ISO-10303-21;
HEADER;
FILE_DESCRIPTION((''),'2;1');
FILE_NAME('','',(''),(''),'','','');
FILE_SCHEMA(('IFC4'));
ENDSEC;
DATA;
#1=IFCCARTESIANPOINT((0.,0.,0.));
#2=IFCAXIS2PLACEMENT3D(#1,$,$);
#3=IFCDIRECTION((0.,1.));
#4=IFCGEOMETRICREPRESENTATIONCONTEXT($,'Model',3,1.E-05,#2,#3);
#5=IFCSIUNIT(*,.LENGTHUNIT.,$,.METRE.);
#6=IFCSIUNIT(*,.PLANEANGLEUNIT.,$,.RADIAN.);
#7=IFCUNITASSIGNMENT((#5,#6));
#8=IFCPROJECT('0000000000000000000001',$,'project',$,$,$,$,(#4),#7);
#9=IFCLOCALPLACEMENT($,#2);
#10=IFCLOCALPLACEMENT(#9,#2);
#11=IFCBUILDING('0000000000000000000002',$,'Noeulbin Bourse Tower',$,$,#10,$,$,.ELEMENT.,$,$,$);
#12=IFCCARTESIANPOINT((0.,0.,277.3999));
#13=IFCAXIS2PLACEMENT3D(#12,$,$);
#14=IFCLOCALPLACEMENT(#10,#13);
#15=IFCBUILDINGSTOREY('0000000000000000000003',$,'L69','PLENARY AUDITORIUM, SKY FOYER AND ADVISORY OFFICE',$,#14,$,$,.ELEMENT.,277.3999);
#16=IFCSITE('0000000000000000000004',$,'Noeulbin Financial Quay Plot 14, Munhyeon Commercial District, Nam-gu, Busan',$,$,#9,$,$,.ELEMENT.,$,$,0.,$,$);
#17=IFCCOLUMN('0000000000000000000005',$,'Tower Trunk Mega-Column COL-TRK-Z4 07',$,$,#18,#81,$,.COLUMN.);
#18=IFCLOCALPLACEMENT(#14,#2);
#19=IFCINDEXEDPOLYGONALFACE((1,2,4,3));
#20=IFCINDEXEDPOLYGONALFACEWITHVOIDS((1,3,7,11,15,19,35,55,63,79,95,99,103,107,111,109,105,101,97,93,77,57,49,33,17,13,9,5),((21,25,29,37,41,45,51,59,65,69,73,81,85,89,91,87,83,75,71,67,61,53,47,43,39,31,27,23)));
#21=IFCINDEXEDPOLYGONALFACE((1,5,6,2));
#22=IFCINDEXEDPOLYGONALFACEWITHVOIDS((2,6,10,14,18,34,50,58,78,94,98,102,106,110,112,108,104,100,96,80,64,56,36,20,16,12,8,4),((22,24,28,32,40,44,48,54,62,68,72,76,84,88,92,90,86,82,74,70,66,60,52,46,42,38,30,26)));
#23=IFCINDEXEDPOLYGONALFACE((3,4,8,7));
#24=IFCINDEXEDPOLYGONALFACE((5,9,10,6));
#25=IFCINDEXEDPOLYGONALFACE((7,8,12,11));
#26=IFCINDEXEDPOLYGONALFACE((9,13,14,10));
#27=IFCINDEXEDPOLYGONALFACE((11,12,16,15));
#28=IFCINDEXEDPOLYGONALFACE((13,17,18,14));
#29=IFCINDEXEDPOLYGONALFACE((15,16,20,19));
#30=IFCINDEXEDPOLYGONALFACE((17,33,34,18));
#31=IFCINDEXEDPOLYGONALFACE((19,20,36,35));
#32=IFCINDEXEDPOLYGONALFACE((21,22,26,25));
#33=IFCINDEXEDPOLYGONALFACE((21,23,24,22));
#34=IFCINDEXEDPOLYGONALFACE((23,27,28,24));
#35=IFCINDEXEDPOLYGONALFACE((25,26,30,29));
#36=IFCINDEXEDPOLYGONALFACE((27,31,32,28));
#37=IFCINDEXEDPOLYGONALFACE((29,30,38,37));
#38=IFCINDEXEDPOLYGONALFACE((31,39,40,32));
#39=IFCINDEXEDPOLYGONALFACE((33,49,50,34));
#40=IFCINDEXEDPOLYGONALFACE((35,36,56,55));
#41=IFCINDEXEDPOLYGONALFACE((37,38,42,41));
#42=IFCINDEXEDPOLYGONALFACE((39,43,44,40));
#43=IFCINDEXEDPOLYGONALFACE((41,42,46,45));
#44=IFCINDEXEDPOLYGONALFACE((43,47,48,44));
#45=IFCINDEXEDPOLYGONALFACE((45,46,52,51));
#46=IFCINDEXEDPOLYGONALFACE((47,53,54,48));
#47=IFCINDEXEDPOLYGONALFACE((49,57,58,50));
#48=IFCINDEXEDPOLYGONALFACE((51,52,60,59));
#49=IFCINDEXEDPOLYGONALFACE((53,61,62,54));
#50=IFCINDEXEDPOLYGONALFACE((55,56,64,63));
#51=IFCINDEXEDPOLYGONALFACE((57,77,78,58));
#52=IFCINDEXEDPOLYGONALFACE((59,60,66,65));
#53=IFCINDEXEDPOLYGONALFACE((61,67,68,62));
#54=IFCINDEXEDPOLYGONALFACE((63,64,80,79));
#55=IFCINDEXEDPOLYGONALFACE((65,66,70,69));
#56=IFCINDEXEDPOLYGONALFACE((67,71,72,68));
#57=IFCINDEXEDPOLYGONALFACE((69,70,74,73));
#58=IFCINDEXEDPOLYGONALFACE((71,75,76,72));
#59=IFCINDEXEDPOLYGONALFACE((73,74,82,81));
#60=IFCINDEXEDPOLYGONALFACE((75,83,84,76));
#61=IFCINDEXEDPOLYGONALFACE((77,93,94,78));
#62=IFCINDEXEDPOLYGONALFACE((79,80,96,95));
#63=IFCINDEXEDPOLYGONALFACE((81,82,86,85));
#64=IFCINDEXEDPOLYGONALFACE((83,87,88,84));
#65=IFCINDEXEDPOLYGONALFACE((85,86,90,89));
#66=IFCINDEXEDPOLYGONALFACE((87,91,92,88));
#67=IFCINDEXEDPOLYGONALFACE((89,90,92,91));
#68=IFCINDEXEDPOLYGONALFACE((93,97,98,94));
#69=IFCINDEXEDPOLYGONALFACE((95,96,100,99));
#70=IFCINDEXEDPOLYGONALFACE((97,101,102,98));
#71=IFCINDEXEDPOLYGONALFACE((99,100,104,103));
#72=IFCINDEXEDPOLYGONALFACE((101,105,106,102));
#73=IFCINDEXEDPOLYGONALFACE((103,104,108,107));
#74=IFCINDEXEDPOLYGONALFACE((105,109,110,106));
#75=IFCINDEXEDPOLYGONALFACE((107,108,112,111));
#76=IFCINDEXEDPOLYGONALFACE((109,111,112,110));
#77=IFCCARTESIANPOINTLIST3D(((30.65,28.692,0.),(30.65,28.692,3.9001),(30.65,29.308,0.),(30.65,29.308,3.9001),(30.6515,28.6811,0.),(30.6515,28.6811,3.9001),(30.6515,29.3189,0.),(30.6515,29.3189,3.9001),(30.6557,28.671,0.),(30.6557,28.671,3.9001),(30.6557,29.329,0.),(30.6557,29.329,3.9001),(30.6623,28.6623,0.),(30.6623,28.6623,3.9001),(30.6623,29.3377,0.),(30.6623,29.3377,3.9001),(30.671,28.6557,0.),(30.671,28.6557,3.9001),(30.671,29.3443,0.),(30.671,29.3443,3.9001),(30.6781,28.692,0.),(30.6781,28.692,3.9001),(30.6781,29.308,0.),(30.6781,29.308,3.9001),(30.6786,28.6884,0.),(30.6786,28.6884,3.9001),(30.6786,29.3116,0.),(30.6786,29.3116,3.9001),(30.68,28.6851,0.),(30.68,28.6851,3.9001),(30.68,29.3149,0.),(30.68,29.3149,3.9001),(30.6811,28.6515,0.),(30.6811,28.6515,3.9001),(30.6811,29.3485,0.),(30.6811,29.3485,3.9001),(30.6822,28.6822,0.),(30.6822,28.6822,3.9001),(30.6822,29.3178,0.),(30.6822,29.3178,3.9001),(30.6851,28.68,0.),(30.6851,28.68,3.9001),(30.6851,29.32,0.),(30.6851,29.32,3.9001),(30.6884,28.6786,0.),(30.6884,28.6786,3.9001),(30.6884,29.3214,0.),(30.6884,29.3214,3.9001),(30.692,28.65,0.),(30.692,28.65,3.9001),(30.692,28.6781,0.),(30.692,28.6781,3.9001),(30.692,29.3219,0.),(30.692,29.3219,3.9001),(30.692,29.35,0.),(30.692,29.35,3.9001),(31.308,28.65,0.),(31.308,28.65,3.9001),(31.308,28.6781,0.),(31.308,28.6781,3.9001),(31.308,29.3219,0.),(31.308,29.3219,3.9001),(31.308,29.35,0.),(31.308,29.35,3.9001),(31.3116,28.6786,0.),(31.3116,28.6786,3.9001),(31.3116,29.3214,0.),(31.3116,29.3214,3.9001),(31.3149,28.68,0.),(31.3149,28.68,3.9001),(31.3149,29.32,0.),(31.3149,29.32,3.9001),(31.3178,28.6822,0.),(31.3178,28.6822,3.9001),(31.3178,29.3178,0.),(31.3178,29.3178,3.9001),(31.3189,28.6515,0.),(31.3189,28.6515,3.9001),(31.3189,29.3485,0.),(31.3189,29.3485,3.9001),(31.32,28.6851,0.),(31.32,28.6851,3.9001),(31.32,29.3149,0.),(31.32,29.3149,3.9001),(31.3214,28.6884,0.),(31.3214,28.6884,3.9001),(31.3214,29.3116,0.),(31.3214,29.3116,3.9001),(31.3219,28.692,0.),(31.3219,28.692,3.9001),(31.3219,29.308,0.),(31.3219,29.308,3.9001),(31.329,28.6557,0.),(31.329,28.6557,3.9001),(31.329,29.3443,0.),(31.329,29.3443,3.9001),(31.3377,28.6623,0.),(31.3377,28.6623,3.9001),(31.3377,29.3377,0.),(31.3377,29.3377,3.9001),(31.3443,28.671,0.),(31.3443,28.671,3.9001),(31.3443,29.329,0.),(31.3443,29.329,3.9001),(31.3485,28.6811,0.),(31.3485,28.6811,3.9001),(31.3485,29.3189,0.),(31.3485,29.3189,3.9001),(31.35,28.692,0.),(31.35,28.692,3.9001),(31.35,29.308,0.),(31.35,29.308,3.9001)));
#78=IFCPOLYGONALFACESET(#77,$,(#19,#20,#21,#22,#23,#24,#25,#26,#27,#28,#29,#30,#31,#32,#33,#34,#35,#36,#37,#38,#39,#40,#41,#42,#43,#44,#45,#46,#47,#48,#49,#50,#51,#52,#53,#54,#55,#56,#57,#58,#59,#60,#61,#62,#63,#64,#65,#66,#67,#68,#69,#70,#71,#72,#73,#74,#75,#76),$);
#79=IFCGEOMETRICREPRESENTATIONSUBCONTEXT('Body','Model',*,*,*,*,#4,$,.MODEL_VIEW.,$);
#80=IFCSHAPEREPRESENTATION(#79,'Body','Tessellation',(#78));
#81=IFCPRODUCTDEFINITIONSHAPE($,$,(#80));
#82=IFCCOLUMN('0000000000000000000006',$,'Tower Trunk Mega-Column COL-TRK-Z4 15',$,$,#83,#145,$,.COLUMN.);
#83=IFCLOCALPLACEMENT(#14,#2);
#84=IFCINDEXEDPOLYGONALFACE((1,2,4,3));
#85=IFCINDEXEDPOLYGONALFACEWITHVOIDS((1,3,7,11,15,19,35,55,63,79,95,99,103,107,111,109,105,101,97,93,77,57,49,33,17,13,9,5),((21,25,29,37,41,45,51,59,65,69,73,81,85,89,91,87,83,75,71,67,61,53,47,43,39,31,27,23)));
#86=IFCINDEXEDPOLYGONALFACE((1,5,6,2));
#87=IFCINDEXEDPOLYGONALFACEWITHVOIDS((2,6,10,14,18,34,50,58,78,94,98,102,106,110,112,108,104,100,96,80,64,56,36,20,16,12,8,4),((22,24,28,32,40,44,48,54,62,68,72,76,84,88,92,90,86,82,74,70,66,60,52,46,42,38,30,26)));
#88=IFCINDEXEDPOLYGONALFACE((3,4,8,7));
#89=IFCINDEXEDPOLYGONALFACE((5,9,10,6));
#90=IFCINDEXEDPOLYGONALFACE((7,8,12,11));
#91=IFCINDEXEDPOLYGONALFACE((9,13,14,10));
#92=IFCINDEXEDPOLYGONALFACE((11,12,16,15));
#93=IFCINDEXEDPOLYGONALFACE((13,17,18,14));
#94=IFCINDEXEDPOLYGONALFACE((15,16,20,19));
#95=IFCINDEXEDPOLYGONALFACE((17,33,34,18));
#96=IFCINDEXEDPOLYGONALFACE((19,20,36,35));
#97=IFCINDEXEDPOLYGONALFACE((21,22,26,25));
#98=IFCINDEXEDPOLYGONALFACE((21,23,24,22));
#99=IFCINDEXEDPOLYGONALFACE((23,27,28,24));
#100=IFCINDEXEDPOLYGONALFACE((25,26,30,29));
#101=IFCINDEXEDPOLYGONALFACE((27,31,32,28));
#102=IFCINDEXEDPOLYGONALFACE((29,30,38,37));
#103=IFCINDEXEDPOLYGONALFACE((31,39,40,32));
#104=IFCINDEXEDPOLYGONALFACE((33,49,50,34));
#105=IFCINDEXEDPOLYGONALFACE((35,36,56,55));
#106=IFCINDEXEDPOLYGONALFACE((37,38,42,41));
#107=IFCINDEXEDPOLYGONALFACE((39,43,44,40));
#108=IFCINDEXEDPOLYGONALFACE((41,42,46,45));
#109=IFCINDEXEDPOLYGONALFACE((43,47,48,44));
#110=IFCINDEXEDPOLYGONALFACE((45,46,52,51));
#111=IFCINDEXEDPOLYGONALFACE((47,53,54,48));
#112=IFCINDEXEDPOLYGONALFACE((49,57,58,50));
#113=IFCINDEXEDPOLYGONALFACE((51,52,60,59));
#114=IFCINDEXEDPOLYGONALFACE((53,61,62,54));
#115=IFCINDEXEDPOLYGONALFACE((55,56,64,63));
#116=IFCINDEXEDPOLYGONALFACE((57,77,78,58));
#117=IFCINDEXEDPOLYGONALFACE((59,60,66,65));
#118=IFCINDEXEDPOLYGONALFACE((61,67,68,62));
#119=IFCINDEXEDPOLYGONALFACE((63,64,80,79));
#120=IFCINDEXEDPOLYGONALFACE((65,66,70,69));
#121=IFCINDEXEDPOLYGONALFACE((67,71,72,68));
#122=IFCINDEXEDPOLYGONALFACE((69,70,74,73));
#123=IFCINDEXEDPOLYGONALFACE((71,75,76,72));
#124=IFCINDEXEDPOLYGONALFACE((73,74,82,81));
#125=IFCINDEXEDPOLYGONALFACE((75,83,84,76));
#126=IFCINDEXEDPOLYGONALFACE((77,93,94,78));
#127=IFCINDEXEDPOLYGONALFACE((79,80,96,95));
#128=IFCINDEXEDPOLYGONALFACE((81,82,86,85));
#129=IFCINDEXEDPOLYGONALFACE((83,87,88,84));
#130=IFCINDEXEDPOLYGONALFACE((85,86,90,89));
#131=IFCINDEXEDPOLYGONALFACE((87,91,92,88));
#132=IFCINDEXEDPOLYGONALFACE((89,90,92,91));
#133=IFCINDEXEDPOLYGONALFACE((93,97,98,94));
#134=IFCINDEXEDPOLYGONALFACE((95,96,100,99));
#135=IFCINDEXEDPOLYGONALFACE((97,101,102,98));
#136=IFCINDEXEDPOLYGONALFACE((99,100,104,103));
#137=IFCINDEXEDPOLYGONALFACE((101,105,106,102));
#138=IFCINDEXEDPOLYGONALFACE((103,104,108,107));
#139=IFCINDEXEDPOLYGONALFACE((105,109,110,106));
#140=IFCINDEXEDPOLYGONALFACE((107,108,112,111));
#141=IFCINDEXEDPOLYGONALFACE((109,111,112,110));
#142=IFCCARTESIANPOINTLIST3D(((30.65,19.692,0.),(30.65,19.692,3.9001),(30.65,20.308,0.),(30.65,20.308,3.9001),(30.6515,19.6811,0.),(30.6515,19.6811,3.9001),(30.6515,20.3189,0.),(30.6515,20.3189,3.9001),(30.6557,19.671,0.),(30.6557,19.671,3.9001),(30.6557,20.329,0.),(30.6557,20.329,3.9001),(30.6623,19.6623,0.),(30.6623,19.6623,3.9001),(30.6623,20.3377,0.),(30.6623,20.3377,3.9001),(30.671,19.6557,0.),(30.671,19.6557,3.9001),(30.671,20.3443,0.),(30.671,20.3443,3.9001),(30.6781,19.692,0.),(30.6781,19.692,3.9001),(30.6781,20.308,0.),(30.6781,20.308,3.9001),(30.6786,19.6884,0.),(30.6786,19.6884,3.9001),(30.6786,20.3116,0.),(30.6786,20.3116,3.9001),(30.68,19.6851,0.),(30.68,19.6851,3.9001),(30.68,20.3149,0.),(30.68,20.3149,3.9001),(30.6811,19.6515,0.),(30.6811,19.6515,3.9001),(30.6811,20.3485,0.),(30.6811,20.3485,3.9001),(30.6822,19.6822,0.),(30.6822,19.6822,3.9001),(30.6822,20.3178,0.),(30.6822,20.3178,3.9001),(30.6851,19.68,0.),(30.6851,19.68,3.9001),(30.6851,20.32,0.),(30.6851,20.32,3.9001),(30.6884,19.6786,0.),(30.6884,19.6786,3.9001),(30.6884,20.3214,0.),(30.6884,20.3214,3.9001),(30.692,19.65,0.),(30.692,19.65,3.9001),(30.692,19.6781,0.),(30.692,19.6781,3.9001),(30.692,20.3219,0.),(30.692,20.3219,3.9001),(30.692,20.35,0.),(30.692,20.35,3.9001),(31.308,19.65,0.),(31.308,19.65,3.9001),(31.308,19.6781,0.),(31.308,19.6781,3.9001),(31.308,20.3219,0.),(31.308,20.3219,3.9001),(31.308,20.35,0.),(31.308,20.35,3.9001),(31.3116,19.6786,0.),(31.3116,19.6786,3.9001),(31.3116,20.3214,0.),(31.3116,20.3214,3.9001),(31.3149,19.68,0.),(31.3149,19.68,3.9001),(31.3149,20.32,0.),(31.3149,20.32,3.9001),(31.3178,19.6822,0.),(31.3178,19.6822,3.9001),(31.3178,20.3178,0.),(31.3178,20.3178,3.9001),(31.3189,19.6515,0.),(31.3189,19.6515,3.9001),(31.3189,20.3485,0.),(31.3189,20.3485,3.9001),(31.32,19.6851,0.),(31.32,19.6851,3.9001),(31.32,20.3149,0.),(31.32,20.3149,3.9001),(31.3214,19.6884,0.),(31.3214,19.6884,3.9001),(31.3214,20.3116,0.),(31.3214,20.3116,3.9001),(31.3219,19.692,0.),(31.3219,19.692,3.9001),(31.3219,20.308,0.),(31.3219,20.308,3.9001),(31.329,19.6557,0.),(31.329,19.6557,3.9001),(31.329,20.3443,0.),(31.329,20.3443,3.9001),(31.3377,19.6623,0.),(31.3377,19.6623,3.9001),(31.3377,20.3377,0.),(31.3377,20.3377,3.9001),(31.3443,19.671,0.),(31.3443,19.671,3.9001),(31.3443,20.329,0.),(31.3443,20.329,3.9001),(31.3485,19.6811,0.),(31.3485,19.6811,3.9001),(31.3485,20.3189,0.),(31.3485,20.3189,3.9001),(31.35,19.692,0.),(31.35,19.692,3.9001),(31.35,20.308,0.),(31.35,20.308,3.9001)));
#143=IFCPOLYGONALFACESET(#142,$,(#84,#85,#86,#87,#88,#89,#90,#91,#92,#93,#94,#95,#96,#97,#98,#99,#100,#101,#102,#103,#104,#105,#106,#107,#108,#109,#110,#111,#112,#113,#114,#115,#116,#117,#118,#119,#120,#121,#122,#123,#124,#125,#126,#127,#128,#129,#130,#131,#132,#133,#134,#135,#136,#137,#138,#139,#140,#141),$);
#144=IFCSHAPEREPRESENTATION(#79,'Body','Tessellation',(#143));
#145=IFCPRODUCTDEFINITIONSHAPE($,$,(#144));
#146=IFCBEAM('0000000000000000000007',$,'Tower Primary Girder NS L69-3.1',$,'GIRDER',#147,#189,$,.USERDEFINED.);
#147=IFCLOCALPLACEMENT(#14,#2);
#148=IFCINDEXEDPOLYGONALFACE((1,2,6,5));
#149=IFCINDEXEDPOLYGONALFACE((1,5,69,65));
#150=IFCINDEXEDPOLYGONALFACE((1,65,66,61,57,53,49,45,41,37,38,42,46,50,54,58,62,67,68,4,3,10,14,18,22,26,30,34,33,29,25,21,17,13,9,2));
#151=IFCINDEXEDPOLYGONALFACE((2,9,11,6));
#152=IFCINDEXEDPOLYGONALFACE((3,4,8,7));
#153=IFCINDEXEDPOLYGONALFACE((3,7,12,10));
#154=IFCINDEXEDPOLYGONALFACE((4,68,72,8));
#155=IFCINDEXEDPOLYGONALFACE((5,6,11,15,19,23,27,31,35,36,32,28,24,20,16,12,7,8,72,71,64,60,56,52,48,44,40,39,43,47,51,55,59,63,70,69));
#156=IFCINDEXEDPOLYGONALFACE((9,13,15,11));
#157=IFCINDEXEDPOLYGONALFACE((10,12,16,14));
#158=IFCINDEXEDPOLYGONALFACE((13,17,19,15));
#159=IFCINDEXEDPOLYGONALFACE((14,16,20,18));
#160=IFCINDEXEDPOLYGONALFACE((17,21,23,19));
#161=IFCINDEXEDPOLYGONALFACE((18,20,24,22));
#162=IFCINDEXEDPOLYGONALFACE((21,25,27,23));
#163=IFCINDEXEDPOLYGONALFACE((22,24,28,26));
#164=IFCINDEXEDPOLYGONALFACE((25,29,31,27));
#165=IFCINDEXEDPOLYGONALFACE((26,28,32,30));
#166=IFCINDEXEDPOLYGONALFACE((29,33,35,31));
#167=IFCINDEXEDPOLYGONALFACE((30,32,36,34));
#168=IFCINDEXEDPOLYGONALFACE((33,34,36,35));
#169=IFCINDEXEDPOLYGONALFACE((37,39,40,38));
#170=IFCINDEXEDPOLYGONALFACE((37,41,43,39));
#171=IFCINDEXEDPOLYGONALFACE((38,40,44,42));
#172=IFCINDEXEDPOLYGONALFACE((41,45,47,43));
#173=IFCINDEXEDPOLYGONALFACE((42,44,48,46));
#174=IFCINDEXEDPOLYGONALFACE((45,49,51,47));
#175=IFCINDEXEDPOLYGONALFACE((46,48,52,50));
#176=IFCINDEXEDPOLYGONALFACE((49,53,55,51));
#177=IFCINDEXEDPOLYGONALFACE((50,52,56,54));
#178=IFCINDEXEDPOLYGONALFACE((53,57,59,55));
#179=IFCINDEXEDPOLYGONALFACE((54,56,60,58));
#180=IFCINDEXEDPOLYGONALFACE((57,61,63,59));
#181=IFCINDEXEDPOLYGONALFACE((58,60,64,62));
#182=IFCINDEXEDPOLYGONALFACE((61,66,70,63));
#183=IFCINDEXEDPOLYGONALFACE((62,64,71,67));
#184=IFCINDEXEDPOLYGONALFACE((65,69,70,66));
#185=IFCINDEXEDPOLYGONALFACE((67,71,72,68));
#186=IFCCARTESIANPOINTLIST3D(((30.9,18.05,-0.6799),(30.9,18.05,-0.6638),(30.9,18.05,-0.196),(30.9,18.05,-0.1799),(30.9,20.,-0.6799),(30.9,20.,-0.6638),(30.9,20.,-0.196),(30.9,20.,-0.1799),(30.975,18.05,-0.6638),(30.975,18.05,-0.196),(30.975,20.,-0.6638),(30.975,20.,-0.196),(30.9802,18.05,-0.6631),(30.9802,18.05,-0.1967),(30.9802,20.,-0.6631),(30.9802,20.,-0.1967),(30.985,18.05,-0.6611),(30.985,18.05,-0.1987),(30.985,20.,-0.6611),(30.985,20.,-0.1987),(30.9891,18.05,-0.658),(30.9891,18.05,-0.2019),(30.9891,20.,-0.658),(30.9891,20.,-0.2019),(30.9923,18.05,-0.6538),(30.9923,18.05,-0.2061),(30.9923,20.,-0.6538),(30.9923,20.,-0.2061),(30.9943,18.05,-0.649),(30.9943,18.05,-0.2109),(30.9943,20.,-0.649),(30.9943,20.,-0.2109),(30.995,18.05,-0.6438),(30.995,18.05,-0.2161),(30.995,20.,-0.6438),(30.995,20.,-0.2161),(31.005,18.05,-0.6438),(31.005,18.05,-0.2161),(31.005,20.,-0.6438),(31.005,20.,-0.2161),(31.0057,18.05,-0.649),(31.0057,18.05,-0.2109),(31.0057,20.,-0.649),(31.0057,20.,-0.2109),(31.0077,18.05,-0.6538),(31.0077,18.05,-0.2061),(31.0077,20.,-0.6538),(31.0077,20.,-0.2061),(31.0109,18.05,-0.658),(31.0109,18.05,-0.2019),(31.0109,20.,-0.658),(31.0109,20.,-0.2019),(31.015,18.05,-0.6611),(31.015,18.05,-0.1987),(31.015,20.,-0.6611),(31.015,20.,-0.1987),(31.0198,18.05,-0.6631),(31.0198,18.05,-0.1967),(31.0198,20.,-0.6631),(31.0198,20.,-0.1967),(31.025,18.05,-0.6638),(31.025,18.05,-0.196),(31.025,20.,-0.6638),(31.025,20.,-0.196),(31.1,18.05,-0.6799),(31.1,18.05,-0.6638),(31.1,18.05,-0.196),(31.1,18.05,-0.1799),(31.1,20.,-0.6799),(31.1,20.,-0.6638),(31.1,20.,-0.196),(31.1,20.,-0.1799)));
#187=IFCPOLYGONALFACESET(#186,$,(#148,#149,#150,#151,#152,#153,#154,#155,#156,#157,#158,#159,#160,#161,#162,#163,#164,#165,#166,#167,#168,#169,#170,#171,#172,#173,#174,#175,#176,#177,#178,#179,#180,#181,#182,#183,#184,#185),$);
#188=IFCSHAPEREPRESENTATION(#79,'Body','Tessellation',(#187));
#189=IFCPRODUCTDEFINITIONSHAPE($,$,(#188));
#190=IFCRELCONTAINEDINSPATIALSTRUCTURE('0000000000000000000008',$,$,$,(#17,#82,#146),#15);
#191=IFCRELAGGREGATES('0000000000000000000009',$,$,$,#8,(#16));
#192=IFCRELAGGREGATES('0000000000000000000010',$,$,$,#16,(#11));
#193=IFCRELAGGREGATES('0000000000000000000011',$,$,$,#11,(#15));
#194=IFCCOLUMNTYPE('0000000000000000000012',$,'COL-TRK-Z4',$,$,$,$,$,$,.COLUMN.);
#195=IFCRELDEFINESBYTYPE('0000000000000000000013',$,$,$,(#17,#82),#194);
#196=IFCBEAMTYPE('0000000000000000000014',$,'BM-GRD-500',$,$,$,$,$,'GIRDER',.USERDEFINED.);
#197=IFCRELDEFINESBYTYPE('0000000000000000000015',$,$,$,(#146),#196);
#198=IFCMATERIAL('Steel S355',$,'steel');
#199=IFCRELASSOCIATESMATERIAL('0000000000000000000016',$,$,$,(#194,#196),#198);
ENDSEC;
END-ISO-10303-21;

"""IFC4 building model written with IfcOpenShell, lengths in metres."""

from ifc_helpers import new_model, si_unit, direction, frame, origin, origin_2d, place, context, subcontext, project, spatial, hollow_rectangle, i_section, extrude, material, material_profile, profile_set, type_object, element, save


model = new_model("IFC4")

# Units and contexts
model_context = context("Model", 3, precision=1e-05, world=origin(), true_north=direction((0.0, 1.0)))
body_context = subcontext(model_context, "Body", "Model", "MODEL_VIEW")
ifc_project = project(units=[si_unit("LENGTHUNIT", "METRE"), si_unit("PLANEANGLEUNIT", "RADIAN")], contexts=[model_context])

# Site, building, storey
site_placement = place(None, origin())
site = spatial("IfcSite", under=ifc_project, at=site_placement, Name="Noeulbin Financial Quay Plot 14, Munhyeon Commercial District, Nam-gu, Busan", CompositionType="ELEMENT", RefElevation=0.0)
building_placement = place(site_placement, origin())
building = spatial("IfcBuilding", under=site, at=building_placement, Name="Noeulbin Bourse Tower", CompositionType="ELEMENT")
storey_placement = place(building_placement, frame((0.0, 0.0, 277.3999)))
storey = spatial("IfcBuildingStorey", under=building, at=storey_placement, Name="L69", Description="PLENARY AUDITORIUM, SKY FOYER AND ADVISORY OFFICE", CompositionType="ELEMENT", Elevation=277.3999)

# Columns
ifc_material_1 = material(Name="Steel S355", Category="steel")
ifc_material_profile_1 = material_profile(ifc_material_1, hollow_rectangle(XDim=0.7, YDim=0.7, WallThickness=0.0281, InnerFilletRadius=0.0139, OuterFilletRadius=0.042, at=origin_2d()), Name="BOX-700x700x28", Category="LoadBearing")
ifc_profile_set_1 = profile_set([ifc_material_profile_1], Name="Steel S355")
column_type = type_object("IfcColumnType", Name="COL-TRK-Z4", PredefinedType="COLUMN", material=ifc_profile_set_1)
for number, where, z_axis, x_axis, name in (
    (1, (31.0, 29.0, 0.0), (0.0, 0.0, 1.0), (1.0, 0.0, 0.0), "Tower Trunk Mega-Column COL-TRK-Z4 07"),
    (2, (31.0, 20.0, 0.0), (0.0, 0.0, 1.0), (1.0, 0.0, 0.0), "Tower Trunk Mega-Column COL-TRK-Z4 15"),
):
    element("IfcColumn", number, at=place(storey_placement, frame(where, z_axis=z_axis, x_axis=x_axis)), inside=storey, type_object=column_type, Name=name, PredefinedType="COLUMN", context=body_context, shape_type="SweptSolid", body=[
        extrude(hollow_rectangle(XDim=0.7, YDim=0.7, WallThickness=0.0281, InnerFilletRadius=0.0139, OuterFilletRadius=0.042, at=origin_2d()), origin(), (0.0, 0.0, 1.0), 3.9001),
    ])

# Beam
ifc_material_profile_2 = material_profile(ifc_material_1, i_section(OverallWidth=0.2, OverallDepth=0.5, WebThickness=0.01, FlangeThickness=0.0161, FilletRadius=0.02, at=origin_2d()), Name="H-500x200x10x16", Category="LoadBearing")
ifc_profile_set_2 = profile_set([ifc_material_profile_2], Name="Steel S355")
beam_type_1 = type_object("IfcBeamType", Name="BM-GRD-500", ElementType="GIRDER", PredefinedType="USERDEFINED", material=ifc_profile_set_2)
beam_1_placement = place(storey_placement, frame((31.0, 18.05, -0.4299), z_axis=(0.0, 1.0, 0.0), x_axis=(-1.0, 0.0, 0.0)))
element("IfcBeam", 3, at=beam_1_placement, inside=storey, type_object=beam_type_1, Name="Tower Primary Girder NS L69-3.1", ObjectType="GIRDER", PredefinedType="USERDEFINED", context=body_context, shape_type="SweptSolid", body=[
    extrude(i_section(OverallWidth=0.2, OverallDepth=0.5, WebThickness=0.01, FlangeThickness=0.0161, FilletRadius=0.02, at=origin_2d()), origin(), (0.0, 0.0, 1.0), 1.95),
])

save(model, "model.ifc")
